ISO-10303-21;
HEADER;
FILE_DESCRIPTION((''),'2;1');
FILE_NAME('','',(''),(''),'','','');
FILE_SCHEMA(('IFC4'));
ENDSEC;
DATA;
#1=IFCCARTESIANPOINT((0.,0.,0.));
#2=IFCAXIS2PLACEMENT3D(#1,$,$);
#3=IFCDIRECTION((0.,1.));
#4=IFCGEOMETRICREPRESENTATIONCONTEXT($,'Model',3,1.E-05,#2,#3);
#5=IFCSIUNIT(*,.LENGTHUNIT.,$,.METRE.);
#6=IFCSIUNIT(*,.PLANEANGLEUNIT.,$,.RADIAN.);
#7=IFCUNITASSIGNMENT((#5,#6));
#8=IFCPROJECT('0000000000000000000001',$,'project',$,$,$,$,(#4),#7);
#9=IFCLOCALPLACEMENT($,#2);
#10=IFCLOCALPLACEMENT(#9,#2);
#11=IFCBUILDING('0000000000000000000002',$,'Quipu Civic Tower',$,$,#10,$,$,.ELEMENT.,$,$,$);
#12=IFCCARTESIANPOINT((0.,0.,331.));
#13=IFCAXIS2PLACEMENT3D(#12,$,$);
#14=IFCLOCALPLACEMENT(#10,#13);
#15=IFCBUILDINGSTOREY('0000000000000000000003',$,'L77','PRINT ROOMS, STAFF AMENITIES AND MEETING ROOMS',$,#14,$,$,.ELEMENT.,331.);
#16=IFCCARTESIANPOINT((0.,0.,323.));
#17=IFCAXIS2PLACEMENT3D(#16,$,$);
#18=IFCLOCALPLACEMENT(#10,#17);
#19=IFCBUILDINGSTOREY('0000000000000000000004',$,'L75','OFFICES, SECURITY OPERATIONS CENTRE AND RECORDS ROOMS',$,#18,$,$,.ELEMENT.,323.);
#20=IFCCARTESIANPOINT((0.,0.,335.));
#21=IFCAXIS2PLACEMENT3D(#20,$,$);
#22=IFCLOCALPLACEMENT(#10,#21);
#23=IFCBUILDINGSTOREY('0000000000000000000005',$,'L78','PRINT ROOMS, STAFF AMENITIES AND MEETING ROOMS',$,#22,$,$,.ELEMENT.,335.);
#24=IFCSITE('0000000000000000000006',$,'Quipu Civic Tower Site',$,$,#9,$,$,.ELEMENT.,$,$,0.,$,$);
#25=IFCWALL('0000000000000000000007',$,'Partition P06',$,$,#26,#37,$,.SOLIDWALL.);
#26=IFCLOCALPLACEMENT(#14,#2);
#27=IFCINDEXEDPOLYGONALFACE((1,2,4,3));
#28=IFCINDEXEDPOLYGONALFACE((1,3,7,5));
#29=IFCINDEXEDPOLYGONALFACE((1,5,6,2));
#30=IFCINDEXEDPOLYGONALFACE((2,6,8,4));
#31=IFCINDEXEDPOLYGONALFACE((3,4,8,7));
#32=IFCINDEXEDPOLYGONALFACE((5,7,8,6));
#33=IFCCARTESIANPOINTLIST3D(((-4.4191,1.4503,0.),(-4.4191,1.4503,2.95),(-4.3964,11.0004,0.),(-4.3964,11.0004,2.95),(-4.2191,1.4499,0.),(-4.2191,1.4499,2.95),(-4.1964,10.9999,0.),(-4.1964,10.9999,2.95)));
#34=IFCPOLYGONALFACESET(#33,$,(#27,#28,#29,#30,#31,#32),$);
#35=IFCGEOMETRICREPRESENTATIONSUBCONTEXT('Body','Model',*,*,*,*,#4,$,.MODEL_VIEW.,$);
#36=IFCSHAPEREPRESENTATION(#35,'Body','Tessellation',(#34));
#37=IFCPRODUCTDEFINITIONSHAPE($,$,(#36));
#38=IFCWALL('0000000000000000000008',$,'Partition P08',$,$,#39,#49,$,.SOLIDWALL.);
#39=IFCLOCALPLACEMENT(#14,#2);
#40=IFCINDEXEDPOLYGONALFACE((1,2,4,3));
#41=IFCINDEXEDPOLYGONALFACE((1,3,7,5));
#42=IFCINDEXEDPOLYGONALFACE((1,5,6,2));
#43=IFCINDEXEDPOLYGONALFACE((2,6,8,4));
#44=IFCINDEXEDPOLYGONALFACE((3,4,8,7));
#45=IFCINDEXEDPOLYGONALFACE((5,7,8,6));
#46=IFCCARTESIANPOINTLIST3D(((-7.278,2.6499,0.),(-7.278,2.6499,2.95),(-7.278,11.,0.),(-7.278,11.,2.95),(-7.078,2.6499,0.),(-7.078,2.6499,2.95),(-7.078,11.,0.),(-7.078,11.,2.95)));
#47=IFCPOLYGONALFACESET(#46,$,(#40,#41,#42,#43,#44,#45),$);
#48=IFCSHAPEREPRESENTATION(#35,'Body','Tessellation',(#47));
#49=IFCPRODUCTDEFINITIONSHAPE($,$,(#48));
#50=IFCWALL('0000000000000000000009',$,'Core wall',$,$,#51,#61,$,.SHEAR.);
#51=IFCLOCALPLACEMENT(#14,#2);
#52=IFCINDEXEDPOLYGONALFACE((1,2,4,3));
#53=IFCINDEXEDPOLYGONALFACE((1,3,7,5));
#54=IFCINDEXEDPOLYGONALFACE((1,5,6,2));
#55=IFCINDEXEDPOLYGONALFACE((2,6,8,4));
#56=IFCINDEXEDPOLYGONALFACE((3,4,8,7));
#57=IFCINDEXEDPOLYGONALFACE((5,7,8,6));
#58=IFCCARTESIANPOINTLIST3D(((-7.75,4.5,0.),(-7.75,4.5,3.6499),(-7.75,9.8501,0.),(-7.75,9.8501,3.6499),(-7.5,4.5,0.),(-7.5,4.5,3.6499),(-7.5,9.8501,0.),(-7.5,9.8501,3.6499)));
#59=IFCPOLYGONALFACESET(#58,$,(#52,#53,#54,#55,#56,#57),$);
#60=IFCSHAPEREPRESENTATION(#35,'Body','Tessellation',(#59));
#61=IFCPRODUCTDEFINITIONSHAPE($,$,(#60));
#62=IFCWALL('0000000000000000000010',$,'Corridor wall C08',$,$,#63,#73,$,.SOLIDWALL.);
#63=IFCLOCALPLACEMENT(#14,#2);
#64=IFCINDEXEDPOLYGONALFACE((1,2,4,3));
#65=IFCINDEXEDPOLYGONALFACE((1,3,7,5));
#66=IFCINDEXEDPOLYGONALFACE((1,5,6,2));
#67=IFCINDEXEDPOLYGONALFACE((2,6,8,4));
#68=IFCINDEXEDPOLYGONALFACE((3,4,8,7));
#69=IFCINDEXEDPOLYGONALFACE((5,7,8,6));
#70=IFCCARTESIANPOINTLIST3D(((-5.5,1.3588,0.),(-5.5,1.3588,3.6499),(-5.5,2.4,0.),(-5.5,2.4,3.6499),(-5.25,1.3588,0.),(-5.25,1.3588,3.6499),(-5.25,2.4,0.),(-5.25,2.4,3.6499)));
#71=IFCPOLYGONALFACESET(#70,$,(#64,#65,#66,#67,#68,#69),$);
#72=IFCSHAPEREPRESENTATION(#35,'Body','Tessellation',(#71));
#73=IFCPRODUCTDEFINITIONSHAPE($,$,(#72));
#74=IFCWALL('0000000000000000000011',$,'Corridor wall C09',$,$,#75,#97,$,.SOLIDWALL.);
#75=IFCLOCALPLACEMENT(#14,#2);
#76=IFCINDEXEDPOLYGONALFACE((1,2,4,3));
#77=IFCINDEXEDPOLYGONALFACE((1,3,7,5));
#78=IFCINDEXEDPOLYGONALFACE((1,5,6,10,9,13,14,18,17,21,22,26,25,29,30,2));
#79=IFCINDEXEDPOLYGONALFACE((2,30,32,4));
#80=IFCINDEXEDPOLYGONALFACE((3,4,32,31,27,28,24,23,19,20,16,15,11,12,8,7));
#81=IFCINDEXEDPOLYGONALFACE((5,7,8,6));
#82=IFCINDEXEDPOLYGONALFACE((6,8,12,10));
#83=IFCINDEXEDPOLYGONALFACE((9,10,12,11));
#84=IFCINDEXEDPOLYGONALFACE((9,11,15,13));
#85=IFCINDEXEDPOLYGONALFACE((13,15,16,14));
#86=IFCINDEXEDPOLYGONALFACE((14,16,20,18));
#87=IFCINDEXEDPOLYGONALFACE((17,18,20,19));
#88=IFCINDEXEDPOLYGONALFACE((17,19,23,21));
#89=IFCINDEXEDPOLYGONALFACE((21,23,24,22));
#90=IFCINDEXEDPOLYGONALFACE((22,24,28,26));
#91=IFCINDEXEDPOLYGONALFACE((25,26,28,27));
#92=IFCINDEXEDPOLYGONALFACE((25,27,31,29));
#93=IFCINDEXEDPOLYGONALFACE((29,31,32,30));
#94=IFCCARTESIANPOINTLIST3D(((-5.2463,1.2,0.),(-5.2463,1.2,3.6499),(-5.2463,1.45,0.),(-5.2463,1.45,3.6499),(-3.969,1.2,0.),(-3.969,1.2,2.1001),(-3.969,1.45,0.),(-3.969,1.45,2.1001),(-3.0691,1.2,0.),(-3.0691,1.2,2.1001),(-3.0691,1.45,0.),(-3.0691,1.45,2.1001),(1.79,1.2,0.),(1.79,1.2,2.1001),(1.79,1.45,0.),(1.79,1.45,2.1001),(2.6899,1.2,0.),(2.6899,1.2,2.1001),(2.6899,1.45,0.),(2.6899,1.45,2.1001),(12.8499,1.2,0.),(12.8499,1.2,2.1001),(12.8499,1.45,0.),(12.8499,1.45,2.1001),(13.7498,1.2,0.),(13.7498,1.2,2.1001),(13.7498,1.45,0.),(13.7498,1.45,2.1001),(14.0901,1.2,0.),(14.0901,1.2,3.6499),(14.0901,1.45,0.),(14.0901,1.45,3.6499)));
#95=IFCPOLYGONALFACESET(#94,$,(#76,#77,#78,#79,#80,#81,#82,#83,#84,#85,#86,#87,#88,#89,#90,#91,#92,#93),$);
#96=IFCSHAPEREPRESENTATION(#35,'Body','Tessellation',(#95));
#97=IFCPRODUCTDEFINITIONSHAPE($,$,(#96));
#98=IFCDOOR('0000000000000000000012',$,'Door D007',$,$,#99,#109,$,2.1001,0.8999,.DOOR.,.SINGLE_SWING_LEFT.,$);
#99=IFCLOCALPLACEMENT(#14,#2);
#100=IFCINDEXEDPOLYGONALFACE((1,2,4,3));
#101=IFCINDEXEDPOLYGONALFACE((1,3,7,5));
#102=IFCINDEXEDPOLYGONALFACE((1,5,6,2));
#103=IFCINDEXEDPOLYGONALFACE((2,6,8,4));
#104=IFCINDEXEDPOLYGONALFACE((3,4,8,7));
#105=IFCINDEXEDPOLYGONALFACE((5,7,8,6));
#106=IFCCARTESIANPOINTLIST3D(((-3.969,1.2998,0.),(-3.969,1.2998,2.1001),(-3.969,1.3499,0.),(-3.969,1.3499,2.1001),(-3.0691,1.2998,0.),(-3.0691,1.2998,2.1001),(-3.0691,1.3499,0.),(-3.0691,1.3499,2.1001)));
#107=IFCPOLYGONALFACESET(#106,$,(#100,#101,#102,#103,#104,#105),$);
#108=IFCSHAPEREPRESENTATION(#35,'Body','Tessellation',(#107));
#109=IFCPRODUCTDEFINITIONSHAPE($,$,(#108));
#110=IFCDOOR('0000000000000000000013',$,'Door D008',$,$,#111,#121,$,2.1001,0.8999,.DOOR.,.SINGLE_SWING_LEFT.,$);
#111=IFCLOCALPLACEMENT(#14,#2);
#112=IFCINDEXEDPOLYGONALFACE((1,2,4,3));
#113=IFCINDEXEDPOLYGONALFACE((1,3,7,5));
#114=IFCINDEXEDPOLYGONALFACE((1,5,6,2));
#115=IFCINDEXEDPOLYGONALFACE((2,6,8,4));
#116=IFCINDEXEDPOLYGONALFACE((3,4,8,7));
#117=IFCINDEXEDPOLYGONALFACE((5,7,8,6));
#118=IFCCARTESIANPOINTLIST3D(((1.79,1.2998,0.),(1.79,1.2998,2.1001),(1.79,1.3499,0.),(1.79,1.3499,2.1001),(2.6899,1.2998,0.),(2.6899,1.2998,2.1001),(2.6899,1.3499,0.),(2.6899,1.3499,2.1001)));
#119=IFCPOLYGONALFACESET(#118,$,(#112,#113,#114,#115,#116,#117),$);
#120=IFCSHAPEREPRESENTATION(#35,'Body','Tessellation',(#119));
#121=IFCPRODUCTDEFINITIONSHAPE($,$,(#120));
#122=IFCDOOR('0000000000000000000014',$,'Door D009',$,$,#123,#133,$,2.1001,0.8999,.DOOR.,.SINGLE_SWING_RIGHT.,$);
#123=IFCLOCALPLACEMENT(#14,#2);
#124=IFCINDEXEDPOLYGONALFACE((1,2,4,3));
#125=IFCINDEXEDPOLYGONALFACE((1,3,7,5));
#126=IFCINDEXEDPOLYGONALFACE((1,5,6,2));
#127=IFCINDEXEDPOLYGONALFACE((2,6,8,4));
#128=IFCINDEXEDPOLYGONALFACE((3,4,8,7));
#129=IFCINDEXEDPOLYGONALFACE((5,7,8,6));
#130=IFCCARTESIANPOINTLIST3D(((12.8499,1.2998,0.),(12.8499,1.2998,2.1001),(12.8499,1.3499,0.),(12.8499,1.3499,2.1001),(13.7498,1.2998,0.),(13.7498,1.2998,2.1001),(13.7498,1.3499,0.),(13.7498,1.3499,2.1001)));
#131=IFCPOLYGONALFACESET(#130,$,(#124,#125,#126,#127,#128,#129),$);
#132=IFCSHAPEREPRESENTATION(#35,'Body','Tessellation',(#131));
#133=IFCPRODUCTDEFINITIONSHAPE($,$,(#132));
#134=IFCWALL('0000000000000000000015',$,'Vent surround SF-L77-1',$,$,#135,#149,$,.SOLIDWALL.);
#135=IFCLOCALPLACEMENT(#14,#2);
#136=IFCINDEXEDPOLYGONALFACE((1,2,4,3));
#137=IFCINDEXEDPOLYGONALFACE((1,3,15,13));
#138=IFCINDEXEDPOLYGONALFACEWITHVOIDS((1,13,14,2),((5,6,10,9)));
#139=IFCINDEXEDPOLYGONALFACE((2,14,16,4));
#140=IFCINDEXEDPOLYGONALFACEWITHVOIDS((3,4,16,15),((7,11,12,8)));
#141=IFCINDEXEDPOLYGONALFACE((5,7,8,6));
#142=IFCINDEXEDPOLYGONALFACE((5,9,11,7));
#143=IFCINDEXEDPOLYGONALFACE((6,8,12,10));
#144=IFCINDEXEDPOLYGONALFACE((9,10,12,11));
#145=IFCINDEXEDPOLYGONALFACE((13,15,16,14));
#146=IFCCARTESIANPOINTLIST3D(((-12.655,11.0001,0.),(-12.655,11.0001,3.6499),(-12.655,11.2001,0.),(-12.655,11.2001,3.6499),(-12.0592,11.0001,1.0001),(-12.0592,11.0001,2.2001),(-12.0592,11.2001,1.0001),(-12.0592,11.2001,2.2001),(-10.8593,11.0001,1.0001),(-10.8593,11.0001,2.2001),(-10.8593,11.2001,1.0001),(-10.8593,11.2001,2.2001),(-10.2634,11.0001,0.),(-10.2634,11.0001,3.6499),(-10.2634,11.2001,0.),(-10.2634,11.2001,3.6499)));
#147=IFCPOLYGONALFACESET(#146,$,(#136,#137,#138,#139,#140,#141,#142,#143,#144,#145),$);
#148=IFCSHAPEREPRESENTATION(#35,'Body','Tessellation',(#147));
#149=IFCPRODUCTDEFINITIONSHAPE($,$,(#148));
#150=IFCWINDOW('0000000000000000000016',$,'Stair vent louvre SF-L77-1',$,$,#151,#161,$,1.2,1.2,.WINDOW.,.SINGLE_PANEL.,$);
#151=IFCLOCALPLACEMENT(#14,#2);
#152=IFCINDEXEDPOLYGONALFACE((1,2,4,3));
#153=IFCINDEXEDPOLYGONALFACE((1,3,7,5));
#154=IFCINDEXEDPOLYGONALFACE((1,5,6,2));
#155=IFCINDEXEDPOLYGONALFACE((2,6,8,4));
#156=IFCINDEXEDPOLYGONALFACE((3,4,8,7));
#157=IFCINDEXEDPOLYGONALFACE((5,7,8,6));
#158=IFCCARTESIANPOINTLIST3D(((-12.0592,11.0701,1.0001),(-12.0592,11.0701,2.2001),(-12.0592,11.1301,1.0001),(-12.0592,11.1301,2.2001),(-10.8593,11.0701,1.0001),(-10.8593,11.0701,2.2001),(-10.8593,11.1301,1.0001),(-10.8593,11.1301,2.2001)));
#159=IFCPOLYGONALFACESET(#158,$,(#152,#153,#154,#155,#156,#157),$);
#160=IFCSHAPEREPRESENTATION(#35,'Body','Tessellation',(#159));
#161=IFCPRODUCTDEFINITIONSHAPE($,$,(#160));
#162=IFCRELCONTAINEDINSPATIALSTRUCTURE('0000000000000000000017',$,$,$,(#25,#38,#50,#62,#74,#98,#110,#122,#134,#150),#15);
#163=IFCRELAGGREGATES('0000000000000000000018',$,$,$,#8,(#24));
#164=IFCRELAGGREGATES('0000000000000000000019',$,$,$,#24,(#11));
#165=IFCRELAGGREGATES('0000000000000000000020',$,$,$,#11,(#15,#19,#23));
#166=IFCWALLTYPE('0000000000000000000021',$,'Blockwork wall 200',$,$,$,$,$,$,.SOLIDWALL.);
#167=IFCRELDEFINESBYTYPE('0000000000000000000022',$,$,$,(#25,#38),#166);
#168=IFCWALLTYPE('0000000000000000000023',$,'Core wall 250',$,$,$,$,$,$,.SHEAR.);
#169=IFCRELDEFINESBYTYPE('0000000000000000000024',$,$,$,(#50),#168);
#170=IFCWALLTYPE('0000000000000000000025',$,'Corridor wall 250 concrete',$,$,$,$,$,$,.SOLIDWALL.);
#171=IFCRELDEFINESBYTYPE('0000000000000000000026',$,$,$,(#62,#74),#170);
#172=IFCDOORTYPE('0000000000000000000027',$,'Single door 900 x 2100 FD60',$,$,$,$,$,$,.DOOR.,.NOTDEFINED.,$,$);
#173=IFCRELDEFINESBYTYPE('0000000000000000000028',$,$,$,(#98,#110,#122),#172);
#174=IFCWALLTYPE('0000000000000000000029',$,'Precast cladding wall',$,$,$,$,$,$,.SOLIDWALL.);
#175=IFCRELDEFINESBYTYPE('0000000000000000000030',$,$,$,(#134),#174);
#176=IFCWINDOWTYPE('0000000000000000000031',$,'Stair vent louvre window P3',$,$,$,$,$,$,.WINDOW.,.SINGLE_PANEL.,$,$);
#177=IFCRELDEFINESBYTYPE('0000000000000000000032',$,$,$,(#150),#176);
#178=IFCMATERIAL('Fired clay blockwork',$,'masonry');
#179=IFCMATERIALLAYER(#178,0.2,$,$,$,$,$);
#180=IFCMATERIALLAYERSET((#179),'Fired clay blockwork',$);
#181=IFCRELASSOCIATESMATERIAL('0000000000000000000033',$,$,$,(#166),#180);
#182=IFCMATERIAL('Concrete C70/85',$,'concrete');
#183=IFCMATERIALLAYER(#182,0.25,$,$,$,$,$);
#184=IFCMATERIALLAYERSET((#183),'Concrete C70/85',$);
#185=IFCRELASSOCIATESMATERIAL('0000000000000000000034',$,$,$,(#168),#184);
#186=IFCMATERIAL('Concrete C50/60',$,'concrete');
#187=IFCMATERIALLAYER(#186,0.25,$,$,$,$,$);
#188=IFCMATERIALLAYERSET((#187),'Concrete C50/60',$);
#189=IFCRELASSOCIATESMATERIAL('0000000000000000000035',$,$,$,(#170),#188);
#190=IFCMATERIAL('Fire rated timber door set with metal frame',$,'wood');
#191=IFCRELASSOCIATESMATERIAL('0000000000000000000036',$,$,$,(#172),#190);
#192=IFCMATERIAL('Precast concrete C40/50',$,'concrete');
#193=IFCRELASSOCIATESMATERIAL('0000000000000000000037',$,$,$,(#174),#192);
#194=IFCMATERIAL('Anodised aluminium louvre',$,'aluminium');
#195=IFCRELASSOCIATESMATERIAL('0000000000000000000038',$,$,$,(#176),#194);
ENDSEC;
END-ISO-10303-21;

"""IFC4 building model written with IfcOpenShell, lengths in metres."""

from ifc_helpers import new_model, si_unit, direction, frame, frame_2d, origin, place, context, subcontext, project, spatial, rectangle, extrude, material, layer, layer_set, type_object, element, fill, save


model = new_model("IFC4")

# Units and contexts
model_context = context("Model", 3, precision=1e-05, world=origin(), true_north=direction((0.0, 1.0)))
body_context = subcontext(model_context, "Body", "Model", "MODEL_VIEW")
ifc_project = project(units=[si_unit("LENGTHUNIT", "METRE"), si_unit("PLANEANGLEUNIT", "RADIAN")], contexts=[model_context])

# Site, building, storey
site_placement = place(None, origin())
site = spatial("IfcSite", under=ifc_project, at=site_placement, Name="Quipu Civic Tower Site", CompositionType="ELEMENT", RefElevation=0.0)
building_placement = place(site_placement, origin())
building = spatial("IfcBuilding", under=site, at=building_placement, Name="Quipu Civic Tower", CompositionType="ELEMENT")
storey_1_placement = place(building_placement, frame((0.0, 0.0, 331.0)))
storey_1 = spatial("IfcBuildingStorey", under=building, at=storey_1_placement, Name="L77", Description="PRINT ROOMS, STAFF AMENITIES AND MEETING ROOMS", CompositionType="ELEMENT", Elevation=331.0)

# Shared definitions
storey_2_placement = place(building_placement, frame((0.0, 0.0, 323.0)))
storey_2 = spatial("IfcBuildingStorey", under=building, at=storey_2_placement, Name="L75", Description="OFFICES, SECURITY OPERATIONS CENTRE AND RECORDS ROOMS", CompositionType="ELEMENT", Elevation=323.0)

# Shared definitions
storey_3_placement = place(building_placement, frame((0.0, 0.0, 335.0)))
storey_3 = spatial("IfcBuildingStorey", under=building, at=storey_3_placement, Name="L78", Description="PRINT ROOMS, STAFF AMENITIES AND MEETING ROOMS", CompositionType="ELEMENT", Elevation=335.0)

# Walls
ifc_material_1 = material(Name="Fired clay blockwork", Category="masonry")
ifc_layer_1 = layer(ifc_material_1, 0.2)
ifc_layer_set_1 = layer_set([ifc_layer_1], Name="Fired clay blockwork")
wall_type_1 = type_object("IfcWallType", Name="Blockwork wall 200", PredefinedType="SOLIDWALL", material=ifc_layer_set_1)
wall_1_placement = place(storey_1_placement, frame((-4.2964, 11.0, 0.0), z_axis=(0.0, 0.0, 1.0), x_axis=(-0.002377, -0.999997, 0.0)))
element("IfcWall", 1, at=wall_1_placement, inside=storey_1, type_object=wall_type_1, Name="Partition P06", PredefinedType="SOLIDWALL", context=body_context, shape_type="SweptSolid", body=[
    extrude(rectangle(XDim=9.55, YDim=0.2, at=frame_2d((4.7749, 0.0))), origin(), (0.0, 0.0, 1.0), 2.95),
])
wall_2_placement = place(storey_1_placement, frame((-7.178, 11.0, 0.0), z_axis=(0.0, 0.0, 1.0), x_axis=(0.0, -1.0, 0.0)))
element("IfcWall", 2, at=wall_2_placement, inside=storey_1, type_object=wall_type_1, Name="Partition P08", PredefinedType="SOLIDWALL", context=body_context, shape_type="SweptSolid", body=[
    extrude(rectangle(XDim=8.3501, YDim=0.2, at=frame_2d((4.175, 0.0))), origin(), (0.0, 0.0, 1.0), 2.95),
])
ifc_material_2 = material(Name="Concrete C70/85", Category="concrete")
ifc_layer_2 = layer(ifc_material_2, 0.25)
ifc_layer_set_2 = layer_set([ifc_layer_2], Name="Concrete C70/85")
wall_type_2 = type_object("IfcWallType", Name="Core wall 250", PredefinedType="SHEAR", material=ifc_layer_set_2)
wall_3_placement = place(storey_1_placement, frame((-7.625, 4.5, 0.0), z_axis=(0.0, 0.0, 1.0), x_axis=(0.0, 1.0, 0.0)))
element("IfcWall", 3, at=wall_3_placement, inside=storey_1, type_object=wall_type_2, Name="Core wall", PredefinedType="SHEAR", context=body_context, shape_type="SweptSolid", body=[
    extrude(rectangle(XDim=5.3501, YDim=0.25, at=frame_2d((2.675, 0.0))), origin(), (0.0, 0.0, 1.0), 3.6499),
])
ifc_material_3 = material(Name="Concrete C50/60", Category="concrete")
ifc_layer_3 = layer(ifc_material_3, 0.25)
ifc_layer_set_3 = layer_set([ifc_layer_3], Name="Concrete C50/60")
wall_type_3 = type_object("IfcWallType", Name="Corridor wall 250 concrete", PredefinedType="SOLIDWALL", material=ifc_layer_set_3)
wall_4_placement = place(storey_1_placement, frame((-5.375, 2.3999, 0.0), z_axis=(0.0, 0.0, 1.0), x_axis=(0.0, -1.0, 0.0)))
element("IfcWall", 4, at=wall_4_placement, inside=storey_1, type_object=wall_type_3, Name="Corridor wall C08", PredefinedType="SOLIDWALL", context=body_context, shape_type="SweptSolid", body=[
    extrude(rectangle(XDim=1.0413, YDim=0.25, at=frame_2d((0.5205, 0.0))), origin(), (0.0, 0.0, 1.0), 3.6499),
])

# Wall, openings, doors
wall_5_placement = place(storey_1_placement, frame((-5.2463, 1.325, 0.0), z_axis=(0.0, 0.0, 1.0), x_axis=(1.0, 0.0, 0.0)))
wall_5 = element("IfcWall", 5, at=wall_5_placement, inside=storey_1, type_object=wall_type_3, Name="Corridor wall C09", PredefinedType="SOLIDWALL", context=body_context, shape_type="SweptSolid", body=[
    extrude(rectangle(XDim=19.3364, YDim=0.25, at=frame_2d((9.6682, 0.0))), origin(), (0.0, 0.0, 1.0), 3.6499),
])
opening_1_placement = place(wall_5_placement, frame((1.2773, 0.0, 0.0)))
opening_1 = element("IfcOpeningElement", 6, at=opening_1_placement, cuts=wall_5, PredefinedType="OPENING", context=body_context, shape_type="SweptSolid", body=[
    extrude(rectangle(XDim=0.8999, YDim=2.1001, at=frame_2d((0.45, 1.05))), frame((0.0, 0.135, 0.0), z_axis=(0.0, -1.0, 0.0), x_axis=(1.0, 0.0, 0.0)), (0.0, 0.0, 1.0), 0.27),
])
opening_2_placement = place(wall_5_placement, frame((7.0364, 0.0, 0.0)))
opening_2 = element("IfcOpeningElement", 7, at=opening_2_placement, cuts=wall_5, PredefinedType="OPENING", context=body_context, shape_type="SweptSolid", body=[
    extrude(rectangle(XDim=0.8999, YDim=2.1001, at=frame_2d((0.45, 1.05))), frame((0.0, 0.135, 0.0), z_axis=(0.0, -1.0, 0.0), x_axis=(1.0, 0.0, 0.0)), (0.0, 0.0, 1.0), 0.27),
])
opening_3_placement = place(wall_5_placement, frame((18.0962, 0.0, 0.0)))
opening_3 = element("IfcOpeningElement", 8, at=opening_3_placement, cuts=wall_5, PredefinedType="OPENING", context=body_context, shape_type="SweptSolid", body=[
    extrude(rectangle(XDim=0.8999, YDim=2.1001, at=frame_2d((0.45, 1.05))), frame((0.0, 0.135, 0.0), z_axis=(0.0, -1.0, 0.0), x_axis=(1.0, 0.0, 0.0)), (0.0, 0.0, 1.0), 0.27),
])
ifc_material_4 = material(Name="Fire rated timber door set with metal frame", Category="wood")
door_type = type_object("IfcDoorType", Name="Single door 900 x 2100 FD60", OperationType="NOTDEFINED", PredefinedType="DOOR", material=ifc_material_4)
door_1_placement = place(opening_1_placement, origin())
door_1 = element("IfcDoor", 9, at=door_1_placement, inside=storey_1, type_object=door_type, Name="Door D007", OperationType="SINGLE_SWING_LEFT", OverallHeight=2.1001, OverallWidth=0.8999, PredefinedType="DOOR", context=body_context, shape_type="SweptSolid", body=[
    extrude(rectangle(XDim=0.8999, YDim=2.1001, at=frame_2d((0.45, 1.05))), frame((0.0, 0.0249, 0.0), z_axis=(0.0, -1.0, 0.0), x_axis=(1.0, 0.0, 0.0)), (0.0, 0.0, 1.0), 0.05),
])
fill(opening_1, door_1)
door_2_placement = place(opening_2_placement, origin())
door_2 = element("IfcDoor", 10, at=door_2_placement, inside=storey_1, type_object=door_type, Name="Door D008", OperationType="SINGLE_SWING_LEFT", OverallHeight=2.1001, OverallWidth=0.8999, PredefinedType="DOOR", context=body_context, shape_type="SweptSolid", body=[
    extrude(rectangle(XDim=0.8999, YDim=2.1001, at=frame_2d((0.45, 1.05))), frame((0.0, 0.0249, 0.0), z_axis=(0.0, -1.0, 0.0), x_axis=(1.0, 0.0, 0.0)), (0.0, 0.0, 1.0), 0.05),
])
fill(opening_2, door_2)
door_3_placement = place(opening_3_placement, origin())
door_3 = element("IfcDoor", 11, at=door_3_placement, inside=storey_1, type_object=door_type, Name="Door D009", OperationType="SINGLE_SWING_RIGHT", OverallHeight=2.1001, OverallWidth=0.8999, PredefinedType="DOOR", context=body_context, shape_type="SweptSolid", body=[
    extrude(rectangle(XDim=0.8999, YDim=2.1001, at=frame_2d((0.45, 1.05))), frame((0.0, 0.0249, 0.0), z_axis=(0.0, -1.0, 0.0), x_axis=(1.0, 0.0, 0.0)), (0.0, 0.0, 1.0), 0.05),
])
fill(opening_3, door_3)

# Wall, opening, window
ifc_material_5 = material(Name="Precast concrete C40/50", Category="concrete")
wall_type_4 = type_object("IfcWallType", Name="Precast cladding wall", PredefinedType="SOLIDWALL", material=ifc_material_5)
wall_6_placement = place(storey_1_placement, frame((-10.2634, 11.1001, 0.0), z_axis=(0.0, 0.0, 1.0), x_axis=(-1.0, 0.0, 0.0)))
wall_6 = element("IfcWall", 12, at=wall_6_placement, inside=storey_1, type_object=wall_type_4, Name="Vent surround SF-L77-1", PredefinedType="SOLIDWALL", context=body_context, shape_type="SweptSolid", body=[
    extrude(rectangle(XDim=2.3916, YDim=0.2, at=frame_2d((1.1958, 0.0))), origin(), (0.0, 0.0, 1.0), 3.6499),
])
opening_4_placement = place(wall_6_placement, frame((0.5957, 0.0, 1.0)))
opening_4 = element("IfcOpeningElement", 13, at=opening_4_placement, cuts=wall_6, PredefinedType="OPENING", context=body_context, shape_type="SweptSolid", body=[
    extrude(rectangle(XDim=1.2, YDim=1.2, at=frame_2d((0.6001, 0.6001))), frame((0.0, 0.1099, 0.0), z_axis=(0.0, -1.0, 0.0), x_axis=(1.0, 0.0, 0.0)), (0.0, 0.0, 1.0), 0.22),
])
ifc_material_6 = material(Name="Anodised aluminium louvre", Category="aluminium")
window_type = type_object("IfcWindowType", Name="Stair vent louvre window P3", PartitioningType="SINGLE_PANEL", PredefinedType="WINDOW", material=ifc_material_6)
window_placement = place(opening_4_placement, origin())
window = element("IfcWindow", 14, at=window_placement, inside=storey_1, type_object=window_type, Name="Stair vent louvre SF-L77-1", OverallHeight=1.2, OverallWidth=1.2, PartitioningType="SINGLE_PANEL", PredefinedType="WINDOW", context=body_context, shape_type="SweptSolid", body=[
    extrude(rectangle(XDim=1.2, YDim=1.2, at=frame_2d((0.6001, 0.6001))), frame((0.0, 0.03, 0.0), z_axis=(0.0, -1.0, 0.0), x_axis=(1.0, 0.0, 0.0)), (0.0, 0.0, 1.0), 0.0601),
])
fill(opening_4, window)

save(model, "model.ifc")
